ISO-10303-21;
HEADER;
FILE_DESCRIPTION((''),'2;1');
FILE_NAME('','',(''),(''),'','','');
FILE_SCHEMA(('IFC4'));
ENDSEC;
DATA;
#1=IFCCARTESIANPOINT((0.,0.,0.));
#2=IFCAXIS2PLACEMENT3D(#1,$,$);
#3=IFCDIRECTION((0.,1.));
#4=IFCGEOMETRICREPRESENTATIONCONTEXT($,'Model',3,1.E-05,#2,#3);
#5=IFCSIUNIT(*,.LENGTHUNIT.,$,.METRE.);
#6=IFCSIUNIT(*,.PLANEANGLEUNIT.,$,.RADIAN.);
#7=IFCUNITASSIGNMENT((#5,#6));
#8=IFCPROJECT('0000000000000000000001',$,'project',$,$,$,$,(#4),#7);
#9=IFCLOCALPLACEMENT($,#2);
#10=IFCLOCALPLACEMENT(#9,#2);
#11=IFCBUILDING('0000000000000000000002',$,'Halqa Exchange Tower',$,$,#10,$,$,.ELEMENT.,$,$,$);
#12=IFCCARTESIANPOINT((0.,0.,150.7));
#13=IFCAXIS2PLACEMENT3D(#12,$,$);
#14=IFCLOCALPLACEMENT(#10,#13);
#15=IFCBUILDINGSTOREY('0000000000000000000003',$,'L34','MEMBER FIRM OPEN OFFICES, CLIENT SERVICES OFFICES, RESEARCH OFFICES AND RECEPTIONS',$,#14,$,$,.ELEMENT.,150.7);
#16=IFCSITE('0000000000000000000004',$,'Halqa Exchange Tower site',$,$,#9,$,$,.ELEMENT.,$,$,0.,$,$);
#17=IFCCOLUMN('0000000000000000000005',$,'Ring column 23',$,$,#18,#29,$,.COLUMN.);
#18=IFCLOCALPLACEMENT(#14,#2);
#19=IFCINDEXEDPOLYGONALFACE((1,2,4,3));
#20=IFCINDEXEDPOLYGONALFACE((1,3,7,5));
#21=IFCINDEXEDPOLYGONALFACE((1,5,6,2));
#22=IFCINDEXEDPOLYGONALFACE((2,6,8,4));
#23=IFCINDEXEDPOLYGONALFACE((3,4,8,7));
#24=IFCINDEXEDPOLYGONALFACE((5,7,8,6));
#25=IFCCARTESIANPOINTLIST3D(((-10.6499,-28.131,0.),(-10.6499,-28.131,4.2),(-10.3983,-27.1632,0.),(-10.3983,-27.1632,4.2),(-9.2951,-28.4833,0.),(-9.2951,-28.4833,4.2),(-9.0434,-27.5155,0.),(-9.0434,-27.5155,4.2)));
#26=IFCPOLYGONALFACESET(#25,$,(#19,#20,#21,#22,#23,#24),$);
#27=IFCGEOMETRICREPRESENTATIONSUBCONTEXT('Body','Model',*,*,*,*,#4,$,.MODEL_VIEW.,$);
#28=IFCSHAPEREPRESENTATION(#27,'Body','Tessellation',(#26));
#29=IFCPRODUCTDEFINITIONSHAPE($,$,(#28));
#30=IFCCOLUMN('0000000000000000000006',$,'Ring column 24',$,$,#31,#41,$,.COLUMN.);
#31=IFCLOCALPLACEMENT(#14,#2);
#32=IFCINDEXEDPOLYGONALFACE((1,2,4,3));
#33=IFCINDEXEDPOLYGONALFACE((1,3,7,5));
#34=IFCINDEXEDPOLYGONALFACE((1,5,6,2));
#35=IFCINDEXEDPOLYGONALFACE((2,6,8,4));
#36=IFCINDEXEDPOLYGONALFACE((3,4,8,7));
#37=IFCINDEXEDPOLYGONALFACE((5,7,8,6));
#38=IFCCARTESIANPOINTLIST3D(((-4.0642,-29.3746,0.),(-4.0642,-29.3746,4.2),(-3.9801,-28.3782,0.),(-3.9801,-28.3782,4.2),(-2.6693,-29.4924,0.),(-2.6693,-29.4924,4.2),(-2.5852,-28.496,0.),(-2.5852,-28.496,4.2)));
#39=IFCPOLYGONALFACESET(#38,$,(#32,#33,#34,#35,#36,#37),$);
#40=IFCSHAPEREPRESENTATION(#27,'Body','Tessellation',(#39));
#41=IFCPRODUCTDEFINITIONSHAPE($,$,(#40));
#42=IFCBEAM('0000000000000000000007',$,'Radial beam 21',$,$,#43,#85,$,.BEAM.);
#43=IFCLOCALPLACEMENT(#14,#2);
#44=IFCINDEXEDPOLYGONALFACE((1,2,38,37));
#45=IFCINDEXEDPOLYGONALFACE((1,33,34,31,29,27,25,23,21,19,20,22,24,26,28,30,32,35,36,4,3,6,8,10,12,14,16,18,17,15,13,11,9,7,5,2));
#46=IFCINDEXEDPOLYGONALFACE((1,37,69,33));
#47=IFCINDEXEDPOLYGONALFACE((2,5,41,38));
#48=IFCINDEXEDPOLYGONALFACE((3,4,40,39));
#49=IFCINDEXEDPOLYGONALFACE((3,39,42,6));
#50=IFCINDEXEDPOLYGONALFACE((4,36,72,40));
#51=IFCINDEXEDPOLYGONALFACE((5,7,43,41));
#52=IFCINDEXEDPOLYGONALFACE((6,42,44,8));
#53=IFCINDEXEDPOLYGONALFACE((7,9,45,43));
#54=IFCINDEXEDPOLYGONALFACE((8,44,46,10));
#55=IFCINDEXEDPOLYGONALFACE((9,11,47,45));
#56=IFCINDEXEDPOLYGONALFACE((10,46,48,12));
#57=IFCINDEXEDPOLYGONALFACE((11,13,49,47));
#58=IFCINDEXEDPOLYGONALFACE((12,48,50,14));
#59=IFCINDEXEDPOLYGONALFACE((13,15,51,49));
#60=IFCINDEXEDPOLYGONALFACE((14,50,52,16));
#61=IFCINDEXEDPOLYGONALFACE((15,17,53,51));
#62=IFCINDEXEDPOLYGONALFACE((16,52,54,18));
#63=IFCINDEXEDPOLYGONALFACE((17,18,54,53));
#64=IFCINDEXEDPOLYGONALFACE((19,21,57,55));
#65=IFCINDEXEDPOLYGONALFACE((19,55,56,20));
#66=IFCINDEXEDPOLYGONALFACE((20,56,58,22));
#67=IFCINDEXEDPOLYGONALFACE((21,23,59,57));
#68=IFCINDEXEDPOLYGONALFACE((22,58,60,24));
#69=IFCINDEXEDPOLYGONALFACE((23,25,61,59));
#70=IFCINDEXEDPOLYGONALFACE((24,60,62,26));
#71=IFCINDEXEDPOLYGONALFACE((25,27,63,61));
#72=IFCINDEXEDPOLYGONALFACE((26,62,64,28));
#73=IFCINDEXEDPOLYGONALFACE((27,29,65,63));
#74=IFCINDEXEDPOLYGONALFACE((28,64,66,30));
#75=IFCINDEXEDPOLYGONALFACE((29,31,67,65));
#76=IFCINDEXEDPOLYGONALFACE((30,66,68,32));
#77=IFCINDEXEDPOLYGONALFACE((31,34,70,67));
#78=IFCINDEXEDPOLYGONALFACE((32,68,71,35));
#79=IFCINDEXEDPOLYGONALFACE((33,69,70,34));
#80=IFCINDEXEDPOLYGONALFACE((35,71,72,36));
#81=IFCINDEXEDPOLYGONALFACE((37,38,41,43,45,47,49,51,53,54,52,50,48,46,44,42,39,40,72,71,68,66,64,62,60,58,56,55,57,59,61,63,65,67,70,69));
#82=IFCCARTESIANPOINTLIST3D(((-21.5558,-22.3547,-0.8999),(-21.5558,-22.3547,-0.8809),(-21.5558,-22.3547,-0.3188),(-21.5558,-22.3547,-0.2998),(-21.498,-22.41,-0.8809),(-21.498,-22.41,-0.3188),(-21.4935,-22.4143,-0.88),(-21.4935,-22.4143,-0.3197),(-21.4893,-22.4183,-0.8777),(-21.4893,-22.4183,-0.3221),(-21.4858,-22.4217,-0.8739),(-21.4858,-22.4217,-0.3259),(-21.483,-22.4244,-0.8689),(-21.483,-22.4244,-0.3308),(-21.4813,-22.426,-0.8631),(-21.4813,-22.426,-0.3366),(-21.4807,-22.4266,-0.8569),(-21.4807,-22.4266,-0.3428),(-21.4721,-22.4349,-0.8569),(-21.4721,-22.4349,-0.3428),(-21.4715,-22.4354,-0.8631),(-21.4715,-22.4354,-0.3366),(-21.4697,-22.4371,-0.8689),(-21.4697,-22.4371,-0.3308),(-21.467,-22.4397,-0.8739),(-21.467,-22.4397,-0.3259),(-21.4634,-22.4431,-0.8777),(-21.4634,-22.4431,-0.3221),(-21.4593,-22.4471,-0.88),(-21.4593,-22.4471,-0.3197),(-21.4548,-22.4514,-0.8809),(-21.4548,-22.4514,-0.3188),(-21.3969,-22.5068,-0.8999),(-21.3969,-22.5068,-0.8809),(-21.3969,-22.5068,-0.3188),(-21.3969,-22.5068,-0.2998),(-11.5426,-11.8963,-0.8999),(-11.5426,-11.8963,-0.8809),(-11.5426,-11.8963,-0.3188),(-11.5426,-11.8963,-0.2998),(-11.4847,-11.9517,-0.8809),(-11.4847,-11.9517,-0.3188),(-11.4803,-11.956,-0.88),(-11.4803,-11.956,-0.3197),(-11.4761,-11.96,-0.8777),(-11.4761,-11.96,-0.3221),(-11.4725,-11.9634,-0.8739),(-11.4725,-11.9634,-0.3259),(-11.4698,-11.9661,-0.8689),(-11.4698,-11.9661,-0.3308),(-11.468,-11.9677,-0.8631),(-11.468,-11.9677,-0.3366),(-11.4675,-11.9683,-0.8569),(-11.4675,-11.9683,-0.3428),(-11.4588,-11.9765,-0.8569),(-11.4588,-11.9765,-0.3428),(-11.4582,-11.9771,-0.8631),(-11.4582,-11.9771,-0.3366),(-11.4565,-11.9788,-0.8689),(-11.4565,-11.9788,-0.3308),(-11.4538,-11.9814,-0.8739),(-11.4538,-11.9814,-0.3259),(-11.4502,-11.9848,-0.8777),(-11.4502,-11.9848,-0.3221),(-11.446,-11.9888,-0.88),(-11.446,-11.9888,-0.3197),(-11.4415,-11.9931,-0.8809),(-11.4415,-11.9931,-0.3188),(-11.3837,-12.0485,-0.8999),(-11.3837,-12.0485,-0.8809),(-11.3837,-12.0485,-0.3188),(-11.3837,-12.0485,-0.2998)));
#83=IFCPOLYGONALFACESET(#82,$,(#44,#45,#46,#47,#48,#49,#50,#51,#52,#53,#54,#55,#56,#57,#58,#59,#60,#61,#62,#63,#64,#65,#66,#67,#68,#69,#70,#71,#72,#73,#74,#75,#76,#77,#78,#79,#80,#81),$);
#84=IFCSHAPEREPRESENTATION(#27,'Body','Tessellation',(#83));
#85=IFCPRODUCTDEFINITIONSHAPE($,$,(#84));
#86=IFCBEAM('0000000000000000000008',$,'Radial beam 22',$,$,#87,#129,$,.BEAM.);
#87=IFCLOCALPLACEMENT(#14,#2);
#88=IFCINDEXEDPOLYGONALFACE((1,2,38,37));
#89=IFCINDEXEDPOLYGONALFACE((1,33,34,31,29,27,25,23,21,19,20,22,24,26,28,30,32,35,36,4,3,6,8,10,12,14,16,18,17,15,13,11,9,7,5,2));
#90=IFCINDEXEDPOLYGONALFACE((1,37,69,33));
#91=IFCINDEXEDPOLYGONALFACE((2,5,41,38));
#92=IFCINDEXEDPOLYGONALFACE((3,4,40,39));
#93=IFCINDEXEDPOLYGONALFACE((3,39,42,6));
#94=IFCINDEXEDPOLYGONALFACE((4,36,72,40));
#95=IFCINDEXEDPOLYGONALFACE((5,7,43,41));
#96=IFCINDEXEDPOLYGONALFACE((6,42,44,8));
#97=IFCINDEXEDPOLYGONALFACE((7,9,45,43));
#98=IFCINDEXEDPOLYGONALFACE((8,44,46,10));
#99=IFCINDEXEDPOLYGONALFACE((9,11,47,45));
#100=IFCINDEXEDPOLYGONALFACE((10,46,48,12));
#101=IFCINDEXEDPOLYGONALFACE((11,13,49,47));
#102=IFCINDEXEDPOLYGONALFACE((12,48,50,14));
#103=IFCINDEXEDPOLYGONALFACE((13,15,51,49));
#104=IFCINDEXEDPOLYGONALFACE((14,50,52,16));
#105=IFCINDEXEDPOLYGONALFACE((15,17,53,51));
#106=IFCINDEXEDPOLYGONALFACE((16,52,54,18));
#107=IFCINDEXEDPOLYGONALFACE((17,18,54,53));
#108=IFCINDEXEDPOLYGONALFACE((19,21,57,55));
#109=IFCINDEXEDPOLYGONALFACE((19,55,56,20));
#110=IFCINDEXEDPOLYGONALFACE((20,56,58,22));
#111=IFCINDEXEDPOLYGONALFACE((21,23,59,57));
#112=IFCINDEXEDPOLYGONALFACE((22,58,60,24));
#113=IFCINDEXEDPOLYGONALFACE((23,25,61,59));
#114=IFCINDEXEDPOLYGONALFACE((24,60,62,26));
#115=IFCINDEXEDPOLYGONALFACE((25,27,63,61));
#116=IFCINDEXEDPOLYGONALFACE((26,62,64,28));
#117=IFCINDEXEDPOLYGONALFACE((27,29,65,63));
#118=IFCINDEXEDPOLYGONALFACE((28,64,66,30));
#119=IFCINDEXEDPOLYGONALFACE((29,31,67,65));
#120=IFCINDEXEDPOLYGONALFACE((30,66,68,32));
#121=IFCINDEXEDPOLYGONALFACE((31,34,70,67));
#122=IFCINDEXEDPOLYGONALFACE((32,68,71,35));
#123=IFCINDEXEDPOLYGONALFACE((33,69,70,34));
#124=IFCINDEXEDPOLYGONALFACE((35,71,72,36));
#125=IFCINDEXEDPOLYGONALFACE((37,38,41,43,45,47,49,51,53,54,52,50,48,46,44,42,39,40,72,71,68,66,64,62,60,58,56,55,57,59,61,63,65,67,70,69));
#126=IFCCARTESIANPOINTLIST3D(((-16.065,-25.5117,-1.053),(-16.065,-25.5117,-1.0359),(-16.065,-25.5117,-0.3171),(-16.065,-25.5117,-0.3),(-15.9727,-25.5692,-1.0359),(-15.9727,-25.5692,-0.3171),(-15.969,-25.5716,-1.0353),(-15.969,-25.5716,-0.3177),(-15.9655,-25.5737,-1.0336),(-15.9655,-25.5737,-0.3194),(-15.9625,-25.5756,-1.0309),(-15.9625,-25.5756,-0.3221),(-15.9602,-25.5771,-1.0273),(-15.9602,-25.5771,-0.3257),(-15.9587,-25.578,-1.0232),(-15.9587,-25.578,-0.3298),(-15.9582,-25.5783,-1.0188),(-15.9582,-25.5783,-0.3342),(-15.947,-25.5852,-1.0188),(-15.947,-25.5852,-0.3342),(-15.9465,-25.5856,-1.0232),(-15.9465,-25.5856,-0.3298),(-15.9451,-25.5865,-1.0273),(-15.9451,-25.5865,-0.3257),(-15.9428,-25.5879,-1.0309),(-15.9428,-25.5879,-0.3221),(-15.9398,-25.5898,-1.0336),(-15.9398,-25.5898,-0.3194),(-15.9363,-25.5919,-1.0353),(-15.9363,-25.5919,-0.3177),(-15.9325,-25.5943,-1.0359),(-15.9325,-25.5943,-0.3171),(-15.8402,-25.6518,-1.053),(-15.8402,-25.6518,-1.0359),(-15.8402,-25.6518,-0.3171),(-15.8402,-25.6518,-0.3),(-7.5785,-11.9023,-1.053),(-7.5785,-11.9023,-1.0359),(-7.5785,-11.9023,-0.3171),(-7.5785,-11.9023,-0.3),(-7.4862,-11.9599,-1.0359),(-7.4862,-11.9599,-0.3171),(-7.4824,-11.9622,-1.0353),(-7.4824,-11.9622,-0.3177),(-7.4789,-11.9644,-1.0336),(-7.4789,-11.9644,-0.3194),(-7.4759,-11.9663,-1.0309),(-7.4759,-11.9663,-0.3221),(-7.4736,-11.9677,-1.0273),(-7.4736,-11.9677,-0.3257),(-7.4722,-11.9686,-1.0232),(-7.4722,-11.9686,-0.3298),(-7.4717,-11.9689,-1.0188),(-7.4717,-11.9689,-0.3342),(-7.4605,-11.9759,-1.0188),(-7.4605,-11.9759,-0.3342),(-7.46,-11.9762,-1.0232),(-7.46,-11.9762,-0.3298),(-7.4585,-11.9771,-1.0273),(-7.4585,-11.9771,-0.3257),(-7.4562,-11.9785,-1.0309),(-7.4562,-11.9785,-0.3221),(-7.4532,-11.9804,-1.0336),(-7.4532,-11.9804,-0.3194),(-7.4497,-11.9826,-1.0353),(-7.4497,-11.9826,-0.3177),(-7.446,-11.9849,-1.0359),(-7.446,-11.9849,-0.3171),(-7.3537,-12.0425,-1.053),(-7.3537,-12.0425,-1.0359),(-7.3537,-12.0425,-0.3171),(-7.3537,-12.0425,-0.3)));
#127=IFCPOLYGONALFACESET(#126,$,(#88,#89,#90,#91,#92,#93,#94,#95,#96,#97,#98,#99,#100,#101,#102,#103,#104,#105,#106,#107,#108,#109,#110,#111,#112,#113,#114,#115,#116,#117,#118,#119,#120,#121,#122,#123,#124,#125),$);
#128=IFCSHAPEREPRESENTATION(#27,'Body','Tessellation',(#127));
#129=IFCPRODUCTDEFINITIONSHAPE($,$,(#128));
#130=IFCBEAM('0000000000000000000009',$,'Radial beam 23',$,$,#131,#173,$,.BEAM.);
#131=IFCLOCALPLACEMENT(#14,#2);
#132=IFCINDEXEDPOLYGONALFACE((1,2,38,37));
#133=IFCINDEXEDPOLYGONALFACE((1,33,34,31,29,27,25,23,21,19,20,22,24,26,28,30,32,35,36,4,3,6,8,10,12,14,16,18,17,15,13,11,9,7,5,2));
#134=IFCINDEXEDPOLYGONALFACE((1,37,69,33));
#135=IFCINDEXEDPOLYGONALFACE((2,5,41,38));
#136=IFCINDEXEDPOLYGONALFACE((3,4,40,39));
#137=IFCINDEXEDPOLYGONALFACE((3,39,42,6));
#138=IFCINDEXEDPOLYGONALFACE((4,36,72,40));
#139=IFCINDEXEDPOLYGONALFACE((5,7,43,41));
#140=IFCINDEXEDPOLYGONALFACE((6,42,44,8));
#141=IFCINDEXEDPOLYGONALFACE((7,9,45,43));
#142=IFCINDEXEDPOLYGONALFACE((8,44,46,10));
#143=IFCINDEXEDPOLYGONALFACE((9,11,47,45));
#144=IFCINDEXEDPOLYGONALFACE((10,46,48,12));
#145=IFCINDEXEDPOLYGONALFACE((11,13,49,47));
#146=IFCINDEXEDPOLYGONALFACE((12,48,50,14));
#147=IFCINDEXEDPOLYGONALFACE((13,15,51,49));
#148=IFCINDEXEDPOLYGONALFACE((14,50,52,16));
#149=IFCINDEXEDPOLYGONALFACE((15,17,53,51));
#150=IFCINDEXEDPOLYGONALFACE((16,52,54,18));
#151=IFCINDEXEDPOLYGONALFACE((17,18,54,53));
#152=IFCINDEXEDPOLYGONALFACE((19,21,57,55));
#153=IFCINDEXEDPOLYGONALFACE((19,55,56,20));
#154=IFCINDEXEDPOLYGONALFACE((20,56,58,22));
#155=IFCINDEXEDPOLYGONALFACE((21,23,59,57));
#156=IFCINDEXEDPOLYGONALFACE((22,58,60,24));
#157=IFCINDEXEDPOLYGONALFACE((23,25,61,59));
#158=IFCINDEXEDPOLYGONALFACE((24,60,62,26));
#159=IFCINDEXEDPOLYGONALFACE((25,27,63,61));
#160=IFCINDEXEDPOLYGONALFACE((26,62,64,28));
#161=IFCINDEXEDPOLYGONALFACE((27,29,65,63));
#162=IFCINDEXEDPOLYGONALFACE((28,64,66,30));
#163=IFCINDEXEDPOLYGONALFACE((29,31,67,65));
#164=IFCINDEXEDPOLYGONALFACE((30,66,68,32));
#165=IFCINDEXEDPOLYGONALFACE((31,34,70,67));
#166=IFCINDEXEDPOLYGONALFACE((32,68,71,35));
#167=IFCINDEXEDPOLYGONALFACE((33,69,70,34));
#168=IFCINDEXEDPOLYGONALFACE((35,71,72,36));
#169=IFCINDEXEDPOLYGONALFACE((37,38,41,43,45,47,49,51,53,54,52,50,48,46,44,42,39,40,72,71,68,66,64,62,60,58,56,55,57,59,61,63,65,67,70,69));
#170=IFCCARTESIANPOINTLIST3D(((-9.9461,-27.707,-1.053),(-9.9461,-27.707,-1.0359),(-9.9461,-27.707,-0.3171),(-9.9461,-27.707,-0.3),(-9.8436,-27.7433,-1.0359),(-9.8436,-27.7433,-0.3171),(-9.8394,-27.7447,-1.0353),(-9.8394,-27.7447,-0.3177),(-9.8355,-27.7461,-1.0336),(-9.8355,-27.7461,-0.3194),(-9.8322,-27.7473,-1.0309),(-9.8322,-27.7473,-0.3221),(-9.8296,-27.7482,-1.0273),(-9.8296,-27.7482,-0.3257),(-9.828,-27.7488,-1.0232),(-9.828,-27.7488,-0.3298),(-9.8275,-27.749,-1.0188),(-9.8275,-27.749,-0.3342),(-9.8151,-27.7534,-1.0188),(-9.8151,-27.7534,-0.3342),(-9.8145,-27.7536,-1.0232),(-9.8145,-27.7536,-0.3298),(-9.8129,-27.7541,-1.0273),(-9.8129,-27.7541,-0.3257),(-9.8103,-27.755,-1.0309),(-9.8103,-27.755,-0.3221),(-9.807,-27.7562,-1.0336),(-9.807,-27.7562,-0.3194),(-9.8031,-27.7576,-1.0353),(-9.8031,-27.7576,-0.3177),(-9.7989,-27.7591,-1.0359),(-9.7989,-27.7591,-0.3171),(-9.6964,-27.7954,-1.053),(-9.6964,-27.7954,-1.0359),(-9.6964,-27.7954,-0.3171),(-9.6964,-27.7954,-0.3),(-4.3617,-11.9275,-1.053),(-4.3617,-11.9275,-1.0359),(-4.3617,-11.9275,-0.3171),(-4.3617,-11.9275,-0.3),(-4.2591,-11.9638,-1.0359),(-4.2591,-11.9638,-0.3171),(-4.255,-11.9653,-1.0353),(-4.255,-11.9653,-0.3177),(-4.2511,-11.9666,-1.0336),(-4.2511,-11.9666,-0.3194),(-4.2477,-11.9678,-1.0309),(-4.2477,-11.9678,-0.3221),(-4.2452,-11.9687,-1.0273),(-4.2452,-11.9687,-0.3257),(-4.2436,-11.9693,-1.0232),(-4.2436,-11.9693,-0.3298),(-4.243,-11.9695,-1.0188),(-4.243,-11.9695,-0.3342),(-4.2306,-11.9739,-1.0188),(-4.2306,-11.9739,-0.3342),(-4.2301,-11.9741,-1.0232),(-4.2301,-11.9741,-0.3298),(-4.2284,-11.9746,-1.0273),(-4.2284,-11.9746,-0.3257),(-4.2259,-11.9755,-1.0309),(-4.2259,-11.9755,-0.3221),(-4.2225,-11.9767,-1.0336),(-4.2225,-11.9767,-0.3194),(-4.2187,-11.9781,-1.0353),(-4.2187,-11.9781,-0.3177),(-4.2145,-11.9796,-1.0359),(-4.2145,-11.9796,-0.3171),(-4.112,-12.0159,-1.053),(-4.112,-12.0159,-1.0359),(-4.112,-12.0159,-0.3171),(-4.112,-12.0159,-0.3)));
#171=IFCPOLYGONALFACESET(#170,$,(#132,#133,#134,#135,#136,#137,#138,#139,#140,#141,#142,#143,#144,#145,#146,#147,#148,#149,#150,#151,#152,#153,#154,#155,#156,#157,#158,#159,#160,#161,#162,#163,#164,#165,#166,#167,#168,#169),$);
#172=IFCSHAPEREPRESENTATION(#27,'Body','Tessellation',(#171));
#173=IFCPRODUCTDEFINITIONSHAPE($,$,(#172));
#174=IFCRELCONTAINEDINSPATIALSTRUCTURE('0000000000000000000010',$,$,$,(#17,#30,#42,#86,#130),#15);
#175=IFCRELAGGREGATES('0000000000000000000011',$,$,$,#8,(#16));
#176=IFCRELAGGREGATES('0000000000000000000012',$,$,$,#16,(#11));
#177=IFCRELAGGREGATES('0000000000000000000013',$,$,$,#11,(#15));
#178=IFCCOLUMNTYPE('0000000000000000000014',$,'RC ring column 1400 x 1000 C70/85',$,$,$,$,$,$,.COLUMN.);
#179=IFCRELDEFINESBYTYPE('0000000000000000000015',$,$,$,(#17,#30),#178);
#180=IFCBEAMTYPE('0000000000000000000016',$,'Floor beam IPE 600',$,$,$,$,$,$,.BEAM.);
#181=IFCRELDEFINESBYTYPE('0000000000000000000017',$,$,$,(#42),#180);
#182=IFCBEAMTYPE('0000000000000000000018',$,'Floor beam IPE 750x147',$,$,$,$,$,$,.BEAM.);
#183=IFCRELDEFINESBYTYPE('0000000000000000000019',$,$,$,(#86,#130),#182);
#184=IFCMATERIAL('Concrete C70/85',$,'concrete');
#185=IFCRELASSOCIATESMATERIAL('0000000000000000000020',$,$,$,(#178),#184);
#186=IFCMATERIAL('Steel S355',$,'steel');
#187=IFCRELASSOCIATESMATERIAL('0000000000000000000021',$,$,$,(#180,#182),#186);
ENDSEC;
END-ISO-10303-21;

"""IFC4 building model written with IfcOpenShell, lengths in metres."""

from ifc_helpers import new_model, si_unit, direction, frame, origin, origin_2d, place, context, subcontext, project, spatial, rectangle, i_section, extrude, material, material_profile, profile_set, type_object, element, save


model = new_model("IFC4")

# Units and contexts
model_context = context("Model", 3, precision=1e-05, world=origin(), true_north=direction((0.0, 1.0)))
body_context = subcontext(model_context, "Body", "Model", "MODEL_VIEW")
ifc_project = project(units=[si_unit("LENGTHUNIT", "METRE"), si_unit("PLANEANGLEUNIT", "RADIAN")], contexts=[model_context])

# Site, building, storey
site_placement = place(None, origin())
site = spatial("IfcSite", under=ifc_project, at=site_placement, Name="Halqa Exchange Tower site", CompositionType="ELEMENT", RefElevation=0.0)
building_placement = place(site_placement, origin())
building = spatial("IfcBuilding", under=site, at=building_placement, Name="Halqa Exchange Tower", CompositionType="ELEMENT")
storey_placement = place(building_placement, frame((0.0, 0.0, 150.7)))
storey = spatial("IfcBuildingStorey", under=building, at=storey_placement, Name="L34", Description="MEMBER FIRM OPEN OFFICES, CLIENT SERVICES OFFICES, RESEARCH OFFICES AND RECEPTIONS", CompositionType="ELEMENT", Elevation=150.7)

# Columns
ifc_material_1 = material(Name="Concrete C70/85", Category="concrete")
ifc_material_profile_1 = material_profile(ifc_material_1, rectangle(XDim=1.3999, YDim=1.0, at=origin_2d()), Name="1400 x 1000")
ifc_profile_set_1 = profile_set([ifc_material_profile_1], Name="Concrete C70/85")
column_type = type_object("IfcColumnType", Name="RC ring column 1400 x 1000 C70/85", PredefinedType="COLUMN", material=ifc_profile_set_1)
for number, where, z_axis, x_axis, name in (
    (1, (-9.8467, -27.8232, 0.0), (0.0, 0.0, 1.0), (0.96782, -0.251645, 0.0), "Ring column 23"),
    (2, (-3.3247, -28.9353, 0.0), (0.0, 0.0, 1.0), (0.996455, -0.084125, 0.0), "Ring column 24"),
):
    element("IfcColumn", number, at=place(storey_placement, frame(where, z_axis=z_axis, x_axis=x_axis)), inside=storey, type_object=column_type, Name=name, PredefinedType="COLUMN", context=body_context, shape_type="SweptSolid", body=[
        extrude(rectangle(XDim=1.3999, YDim=1.0, at=origin_2d()), origin(), (0.0, 0.0, 1.0), 4.2),
    ])

# Beams
ifc_material_2 = material(Name="Steel S355", Category="steel")
ifc_material_profile_2 = material_profile(ifc_material_2, i_section(OverallWidth=0.22, OverallDepth=0.6001, WebThickness=0.012, FlangeThickness=0.019, FilletRadius=0.0239, at=origin_2d()), Name="IPE 600")
ifc_profile_set_2 = profile_set([ifc_material_profile_2], Name="Steel S355")
beam_type_1 = type_object("IfcBeamType", Name="Floor beam IPE 600", PredefinedType="BEAM", material=ifc_profile_set_2)
beam_1_placement = place(storey_placement, frame((-11.4631, -11.9724, -0.5999), z_axis=(-0.69157, -0.722309, 0.0), x_axis=(0.722309, -0.69157, 0.0)))
element("IfcBeam", 3, at=beam_1_placement, inside=storey, type_object=beam_type_1, Name="Radial beam 21", PredefinedType="BEAM", context=body_context, shape_type="SweptSolid", body=[
    extrude(i_section(OverallWidth=0.22, OverallDepth=0.6001, WebThickness=0.012, FlangeThickness=0.019, FilletRadius=0.0239, at=origin_2d()), origin(), (0.0, 0.0, 1.0), 14.479),
])
ifc_material_profile_3 = material_profile(ifc_material_2, i_section(OverallWidth=0.2649, OverallDepth=0.7529, WebThickness=0.0132, FlangeThickness=0.0171, FilletRadius=0.0171, at=origin_2d()), Name="IPE 750x147")
ifc_profile_set_3 = profile_set([ifc_material_profile_3], Name="Steel S355")
beam_type_2 = type_object("IfcBeamType", Name="Floor beam IPE 750x147", PredefinedType="BEAM", material=ifc_profile_set_3)
beam_2_placement = place(storey_placement, frame((-7.4661, -11.9724, -0.6765), z_axis=(-0.529134, -0.848538, 0.0), x_axis=(0.848538, -0.529134, 0.0)))
element("IfcBeam", 4, at=beam_2_placement, inside=storey, type_object=beam_type_2, Name="Radial beam 22", PredefinedType="BEAM", context=body_context, shape_type="SweptSolid", body=[
    extrude(i_section(OverallWidth=0.2649, OverallDepth=0.7529, WebThickness=0.0132, FlangeThickness=0.0171, FilletRadius=0.0171, at=origin_2d()), origin(), (0.0, 0.0, 1.0), 16.0386),
])
beam_3_placement = place(storey_placement, frame((-4.2368, -11.9717, -0.6765), z_axis=(-0.333629, -0.942705, 0.0), x_axis=(0.942705, -0.333629, 0.0)))
element("IfcBeam", 5, at=beam_3_placement, inside=storey, type_object=beam_type_2, Name="Radial beam 23", PredefinedType="BEAM", context=body_context, shape_type="SweptSolid", body=[
    extrude(i_section(OverallWidth=0.2649, OverallDepth=0.7529, WebThickness=0.0132, FlangeThickness=0.0171, FilletRadius=0.0171, at=origin_2d()), origin(), (0.0, 0.0, 1.0), 16.7385),
])

save(model, "model.ifc")
